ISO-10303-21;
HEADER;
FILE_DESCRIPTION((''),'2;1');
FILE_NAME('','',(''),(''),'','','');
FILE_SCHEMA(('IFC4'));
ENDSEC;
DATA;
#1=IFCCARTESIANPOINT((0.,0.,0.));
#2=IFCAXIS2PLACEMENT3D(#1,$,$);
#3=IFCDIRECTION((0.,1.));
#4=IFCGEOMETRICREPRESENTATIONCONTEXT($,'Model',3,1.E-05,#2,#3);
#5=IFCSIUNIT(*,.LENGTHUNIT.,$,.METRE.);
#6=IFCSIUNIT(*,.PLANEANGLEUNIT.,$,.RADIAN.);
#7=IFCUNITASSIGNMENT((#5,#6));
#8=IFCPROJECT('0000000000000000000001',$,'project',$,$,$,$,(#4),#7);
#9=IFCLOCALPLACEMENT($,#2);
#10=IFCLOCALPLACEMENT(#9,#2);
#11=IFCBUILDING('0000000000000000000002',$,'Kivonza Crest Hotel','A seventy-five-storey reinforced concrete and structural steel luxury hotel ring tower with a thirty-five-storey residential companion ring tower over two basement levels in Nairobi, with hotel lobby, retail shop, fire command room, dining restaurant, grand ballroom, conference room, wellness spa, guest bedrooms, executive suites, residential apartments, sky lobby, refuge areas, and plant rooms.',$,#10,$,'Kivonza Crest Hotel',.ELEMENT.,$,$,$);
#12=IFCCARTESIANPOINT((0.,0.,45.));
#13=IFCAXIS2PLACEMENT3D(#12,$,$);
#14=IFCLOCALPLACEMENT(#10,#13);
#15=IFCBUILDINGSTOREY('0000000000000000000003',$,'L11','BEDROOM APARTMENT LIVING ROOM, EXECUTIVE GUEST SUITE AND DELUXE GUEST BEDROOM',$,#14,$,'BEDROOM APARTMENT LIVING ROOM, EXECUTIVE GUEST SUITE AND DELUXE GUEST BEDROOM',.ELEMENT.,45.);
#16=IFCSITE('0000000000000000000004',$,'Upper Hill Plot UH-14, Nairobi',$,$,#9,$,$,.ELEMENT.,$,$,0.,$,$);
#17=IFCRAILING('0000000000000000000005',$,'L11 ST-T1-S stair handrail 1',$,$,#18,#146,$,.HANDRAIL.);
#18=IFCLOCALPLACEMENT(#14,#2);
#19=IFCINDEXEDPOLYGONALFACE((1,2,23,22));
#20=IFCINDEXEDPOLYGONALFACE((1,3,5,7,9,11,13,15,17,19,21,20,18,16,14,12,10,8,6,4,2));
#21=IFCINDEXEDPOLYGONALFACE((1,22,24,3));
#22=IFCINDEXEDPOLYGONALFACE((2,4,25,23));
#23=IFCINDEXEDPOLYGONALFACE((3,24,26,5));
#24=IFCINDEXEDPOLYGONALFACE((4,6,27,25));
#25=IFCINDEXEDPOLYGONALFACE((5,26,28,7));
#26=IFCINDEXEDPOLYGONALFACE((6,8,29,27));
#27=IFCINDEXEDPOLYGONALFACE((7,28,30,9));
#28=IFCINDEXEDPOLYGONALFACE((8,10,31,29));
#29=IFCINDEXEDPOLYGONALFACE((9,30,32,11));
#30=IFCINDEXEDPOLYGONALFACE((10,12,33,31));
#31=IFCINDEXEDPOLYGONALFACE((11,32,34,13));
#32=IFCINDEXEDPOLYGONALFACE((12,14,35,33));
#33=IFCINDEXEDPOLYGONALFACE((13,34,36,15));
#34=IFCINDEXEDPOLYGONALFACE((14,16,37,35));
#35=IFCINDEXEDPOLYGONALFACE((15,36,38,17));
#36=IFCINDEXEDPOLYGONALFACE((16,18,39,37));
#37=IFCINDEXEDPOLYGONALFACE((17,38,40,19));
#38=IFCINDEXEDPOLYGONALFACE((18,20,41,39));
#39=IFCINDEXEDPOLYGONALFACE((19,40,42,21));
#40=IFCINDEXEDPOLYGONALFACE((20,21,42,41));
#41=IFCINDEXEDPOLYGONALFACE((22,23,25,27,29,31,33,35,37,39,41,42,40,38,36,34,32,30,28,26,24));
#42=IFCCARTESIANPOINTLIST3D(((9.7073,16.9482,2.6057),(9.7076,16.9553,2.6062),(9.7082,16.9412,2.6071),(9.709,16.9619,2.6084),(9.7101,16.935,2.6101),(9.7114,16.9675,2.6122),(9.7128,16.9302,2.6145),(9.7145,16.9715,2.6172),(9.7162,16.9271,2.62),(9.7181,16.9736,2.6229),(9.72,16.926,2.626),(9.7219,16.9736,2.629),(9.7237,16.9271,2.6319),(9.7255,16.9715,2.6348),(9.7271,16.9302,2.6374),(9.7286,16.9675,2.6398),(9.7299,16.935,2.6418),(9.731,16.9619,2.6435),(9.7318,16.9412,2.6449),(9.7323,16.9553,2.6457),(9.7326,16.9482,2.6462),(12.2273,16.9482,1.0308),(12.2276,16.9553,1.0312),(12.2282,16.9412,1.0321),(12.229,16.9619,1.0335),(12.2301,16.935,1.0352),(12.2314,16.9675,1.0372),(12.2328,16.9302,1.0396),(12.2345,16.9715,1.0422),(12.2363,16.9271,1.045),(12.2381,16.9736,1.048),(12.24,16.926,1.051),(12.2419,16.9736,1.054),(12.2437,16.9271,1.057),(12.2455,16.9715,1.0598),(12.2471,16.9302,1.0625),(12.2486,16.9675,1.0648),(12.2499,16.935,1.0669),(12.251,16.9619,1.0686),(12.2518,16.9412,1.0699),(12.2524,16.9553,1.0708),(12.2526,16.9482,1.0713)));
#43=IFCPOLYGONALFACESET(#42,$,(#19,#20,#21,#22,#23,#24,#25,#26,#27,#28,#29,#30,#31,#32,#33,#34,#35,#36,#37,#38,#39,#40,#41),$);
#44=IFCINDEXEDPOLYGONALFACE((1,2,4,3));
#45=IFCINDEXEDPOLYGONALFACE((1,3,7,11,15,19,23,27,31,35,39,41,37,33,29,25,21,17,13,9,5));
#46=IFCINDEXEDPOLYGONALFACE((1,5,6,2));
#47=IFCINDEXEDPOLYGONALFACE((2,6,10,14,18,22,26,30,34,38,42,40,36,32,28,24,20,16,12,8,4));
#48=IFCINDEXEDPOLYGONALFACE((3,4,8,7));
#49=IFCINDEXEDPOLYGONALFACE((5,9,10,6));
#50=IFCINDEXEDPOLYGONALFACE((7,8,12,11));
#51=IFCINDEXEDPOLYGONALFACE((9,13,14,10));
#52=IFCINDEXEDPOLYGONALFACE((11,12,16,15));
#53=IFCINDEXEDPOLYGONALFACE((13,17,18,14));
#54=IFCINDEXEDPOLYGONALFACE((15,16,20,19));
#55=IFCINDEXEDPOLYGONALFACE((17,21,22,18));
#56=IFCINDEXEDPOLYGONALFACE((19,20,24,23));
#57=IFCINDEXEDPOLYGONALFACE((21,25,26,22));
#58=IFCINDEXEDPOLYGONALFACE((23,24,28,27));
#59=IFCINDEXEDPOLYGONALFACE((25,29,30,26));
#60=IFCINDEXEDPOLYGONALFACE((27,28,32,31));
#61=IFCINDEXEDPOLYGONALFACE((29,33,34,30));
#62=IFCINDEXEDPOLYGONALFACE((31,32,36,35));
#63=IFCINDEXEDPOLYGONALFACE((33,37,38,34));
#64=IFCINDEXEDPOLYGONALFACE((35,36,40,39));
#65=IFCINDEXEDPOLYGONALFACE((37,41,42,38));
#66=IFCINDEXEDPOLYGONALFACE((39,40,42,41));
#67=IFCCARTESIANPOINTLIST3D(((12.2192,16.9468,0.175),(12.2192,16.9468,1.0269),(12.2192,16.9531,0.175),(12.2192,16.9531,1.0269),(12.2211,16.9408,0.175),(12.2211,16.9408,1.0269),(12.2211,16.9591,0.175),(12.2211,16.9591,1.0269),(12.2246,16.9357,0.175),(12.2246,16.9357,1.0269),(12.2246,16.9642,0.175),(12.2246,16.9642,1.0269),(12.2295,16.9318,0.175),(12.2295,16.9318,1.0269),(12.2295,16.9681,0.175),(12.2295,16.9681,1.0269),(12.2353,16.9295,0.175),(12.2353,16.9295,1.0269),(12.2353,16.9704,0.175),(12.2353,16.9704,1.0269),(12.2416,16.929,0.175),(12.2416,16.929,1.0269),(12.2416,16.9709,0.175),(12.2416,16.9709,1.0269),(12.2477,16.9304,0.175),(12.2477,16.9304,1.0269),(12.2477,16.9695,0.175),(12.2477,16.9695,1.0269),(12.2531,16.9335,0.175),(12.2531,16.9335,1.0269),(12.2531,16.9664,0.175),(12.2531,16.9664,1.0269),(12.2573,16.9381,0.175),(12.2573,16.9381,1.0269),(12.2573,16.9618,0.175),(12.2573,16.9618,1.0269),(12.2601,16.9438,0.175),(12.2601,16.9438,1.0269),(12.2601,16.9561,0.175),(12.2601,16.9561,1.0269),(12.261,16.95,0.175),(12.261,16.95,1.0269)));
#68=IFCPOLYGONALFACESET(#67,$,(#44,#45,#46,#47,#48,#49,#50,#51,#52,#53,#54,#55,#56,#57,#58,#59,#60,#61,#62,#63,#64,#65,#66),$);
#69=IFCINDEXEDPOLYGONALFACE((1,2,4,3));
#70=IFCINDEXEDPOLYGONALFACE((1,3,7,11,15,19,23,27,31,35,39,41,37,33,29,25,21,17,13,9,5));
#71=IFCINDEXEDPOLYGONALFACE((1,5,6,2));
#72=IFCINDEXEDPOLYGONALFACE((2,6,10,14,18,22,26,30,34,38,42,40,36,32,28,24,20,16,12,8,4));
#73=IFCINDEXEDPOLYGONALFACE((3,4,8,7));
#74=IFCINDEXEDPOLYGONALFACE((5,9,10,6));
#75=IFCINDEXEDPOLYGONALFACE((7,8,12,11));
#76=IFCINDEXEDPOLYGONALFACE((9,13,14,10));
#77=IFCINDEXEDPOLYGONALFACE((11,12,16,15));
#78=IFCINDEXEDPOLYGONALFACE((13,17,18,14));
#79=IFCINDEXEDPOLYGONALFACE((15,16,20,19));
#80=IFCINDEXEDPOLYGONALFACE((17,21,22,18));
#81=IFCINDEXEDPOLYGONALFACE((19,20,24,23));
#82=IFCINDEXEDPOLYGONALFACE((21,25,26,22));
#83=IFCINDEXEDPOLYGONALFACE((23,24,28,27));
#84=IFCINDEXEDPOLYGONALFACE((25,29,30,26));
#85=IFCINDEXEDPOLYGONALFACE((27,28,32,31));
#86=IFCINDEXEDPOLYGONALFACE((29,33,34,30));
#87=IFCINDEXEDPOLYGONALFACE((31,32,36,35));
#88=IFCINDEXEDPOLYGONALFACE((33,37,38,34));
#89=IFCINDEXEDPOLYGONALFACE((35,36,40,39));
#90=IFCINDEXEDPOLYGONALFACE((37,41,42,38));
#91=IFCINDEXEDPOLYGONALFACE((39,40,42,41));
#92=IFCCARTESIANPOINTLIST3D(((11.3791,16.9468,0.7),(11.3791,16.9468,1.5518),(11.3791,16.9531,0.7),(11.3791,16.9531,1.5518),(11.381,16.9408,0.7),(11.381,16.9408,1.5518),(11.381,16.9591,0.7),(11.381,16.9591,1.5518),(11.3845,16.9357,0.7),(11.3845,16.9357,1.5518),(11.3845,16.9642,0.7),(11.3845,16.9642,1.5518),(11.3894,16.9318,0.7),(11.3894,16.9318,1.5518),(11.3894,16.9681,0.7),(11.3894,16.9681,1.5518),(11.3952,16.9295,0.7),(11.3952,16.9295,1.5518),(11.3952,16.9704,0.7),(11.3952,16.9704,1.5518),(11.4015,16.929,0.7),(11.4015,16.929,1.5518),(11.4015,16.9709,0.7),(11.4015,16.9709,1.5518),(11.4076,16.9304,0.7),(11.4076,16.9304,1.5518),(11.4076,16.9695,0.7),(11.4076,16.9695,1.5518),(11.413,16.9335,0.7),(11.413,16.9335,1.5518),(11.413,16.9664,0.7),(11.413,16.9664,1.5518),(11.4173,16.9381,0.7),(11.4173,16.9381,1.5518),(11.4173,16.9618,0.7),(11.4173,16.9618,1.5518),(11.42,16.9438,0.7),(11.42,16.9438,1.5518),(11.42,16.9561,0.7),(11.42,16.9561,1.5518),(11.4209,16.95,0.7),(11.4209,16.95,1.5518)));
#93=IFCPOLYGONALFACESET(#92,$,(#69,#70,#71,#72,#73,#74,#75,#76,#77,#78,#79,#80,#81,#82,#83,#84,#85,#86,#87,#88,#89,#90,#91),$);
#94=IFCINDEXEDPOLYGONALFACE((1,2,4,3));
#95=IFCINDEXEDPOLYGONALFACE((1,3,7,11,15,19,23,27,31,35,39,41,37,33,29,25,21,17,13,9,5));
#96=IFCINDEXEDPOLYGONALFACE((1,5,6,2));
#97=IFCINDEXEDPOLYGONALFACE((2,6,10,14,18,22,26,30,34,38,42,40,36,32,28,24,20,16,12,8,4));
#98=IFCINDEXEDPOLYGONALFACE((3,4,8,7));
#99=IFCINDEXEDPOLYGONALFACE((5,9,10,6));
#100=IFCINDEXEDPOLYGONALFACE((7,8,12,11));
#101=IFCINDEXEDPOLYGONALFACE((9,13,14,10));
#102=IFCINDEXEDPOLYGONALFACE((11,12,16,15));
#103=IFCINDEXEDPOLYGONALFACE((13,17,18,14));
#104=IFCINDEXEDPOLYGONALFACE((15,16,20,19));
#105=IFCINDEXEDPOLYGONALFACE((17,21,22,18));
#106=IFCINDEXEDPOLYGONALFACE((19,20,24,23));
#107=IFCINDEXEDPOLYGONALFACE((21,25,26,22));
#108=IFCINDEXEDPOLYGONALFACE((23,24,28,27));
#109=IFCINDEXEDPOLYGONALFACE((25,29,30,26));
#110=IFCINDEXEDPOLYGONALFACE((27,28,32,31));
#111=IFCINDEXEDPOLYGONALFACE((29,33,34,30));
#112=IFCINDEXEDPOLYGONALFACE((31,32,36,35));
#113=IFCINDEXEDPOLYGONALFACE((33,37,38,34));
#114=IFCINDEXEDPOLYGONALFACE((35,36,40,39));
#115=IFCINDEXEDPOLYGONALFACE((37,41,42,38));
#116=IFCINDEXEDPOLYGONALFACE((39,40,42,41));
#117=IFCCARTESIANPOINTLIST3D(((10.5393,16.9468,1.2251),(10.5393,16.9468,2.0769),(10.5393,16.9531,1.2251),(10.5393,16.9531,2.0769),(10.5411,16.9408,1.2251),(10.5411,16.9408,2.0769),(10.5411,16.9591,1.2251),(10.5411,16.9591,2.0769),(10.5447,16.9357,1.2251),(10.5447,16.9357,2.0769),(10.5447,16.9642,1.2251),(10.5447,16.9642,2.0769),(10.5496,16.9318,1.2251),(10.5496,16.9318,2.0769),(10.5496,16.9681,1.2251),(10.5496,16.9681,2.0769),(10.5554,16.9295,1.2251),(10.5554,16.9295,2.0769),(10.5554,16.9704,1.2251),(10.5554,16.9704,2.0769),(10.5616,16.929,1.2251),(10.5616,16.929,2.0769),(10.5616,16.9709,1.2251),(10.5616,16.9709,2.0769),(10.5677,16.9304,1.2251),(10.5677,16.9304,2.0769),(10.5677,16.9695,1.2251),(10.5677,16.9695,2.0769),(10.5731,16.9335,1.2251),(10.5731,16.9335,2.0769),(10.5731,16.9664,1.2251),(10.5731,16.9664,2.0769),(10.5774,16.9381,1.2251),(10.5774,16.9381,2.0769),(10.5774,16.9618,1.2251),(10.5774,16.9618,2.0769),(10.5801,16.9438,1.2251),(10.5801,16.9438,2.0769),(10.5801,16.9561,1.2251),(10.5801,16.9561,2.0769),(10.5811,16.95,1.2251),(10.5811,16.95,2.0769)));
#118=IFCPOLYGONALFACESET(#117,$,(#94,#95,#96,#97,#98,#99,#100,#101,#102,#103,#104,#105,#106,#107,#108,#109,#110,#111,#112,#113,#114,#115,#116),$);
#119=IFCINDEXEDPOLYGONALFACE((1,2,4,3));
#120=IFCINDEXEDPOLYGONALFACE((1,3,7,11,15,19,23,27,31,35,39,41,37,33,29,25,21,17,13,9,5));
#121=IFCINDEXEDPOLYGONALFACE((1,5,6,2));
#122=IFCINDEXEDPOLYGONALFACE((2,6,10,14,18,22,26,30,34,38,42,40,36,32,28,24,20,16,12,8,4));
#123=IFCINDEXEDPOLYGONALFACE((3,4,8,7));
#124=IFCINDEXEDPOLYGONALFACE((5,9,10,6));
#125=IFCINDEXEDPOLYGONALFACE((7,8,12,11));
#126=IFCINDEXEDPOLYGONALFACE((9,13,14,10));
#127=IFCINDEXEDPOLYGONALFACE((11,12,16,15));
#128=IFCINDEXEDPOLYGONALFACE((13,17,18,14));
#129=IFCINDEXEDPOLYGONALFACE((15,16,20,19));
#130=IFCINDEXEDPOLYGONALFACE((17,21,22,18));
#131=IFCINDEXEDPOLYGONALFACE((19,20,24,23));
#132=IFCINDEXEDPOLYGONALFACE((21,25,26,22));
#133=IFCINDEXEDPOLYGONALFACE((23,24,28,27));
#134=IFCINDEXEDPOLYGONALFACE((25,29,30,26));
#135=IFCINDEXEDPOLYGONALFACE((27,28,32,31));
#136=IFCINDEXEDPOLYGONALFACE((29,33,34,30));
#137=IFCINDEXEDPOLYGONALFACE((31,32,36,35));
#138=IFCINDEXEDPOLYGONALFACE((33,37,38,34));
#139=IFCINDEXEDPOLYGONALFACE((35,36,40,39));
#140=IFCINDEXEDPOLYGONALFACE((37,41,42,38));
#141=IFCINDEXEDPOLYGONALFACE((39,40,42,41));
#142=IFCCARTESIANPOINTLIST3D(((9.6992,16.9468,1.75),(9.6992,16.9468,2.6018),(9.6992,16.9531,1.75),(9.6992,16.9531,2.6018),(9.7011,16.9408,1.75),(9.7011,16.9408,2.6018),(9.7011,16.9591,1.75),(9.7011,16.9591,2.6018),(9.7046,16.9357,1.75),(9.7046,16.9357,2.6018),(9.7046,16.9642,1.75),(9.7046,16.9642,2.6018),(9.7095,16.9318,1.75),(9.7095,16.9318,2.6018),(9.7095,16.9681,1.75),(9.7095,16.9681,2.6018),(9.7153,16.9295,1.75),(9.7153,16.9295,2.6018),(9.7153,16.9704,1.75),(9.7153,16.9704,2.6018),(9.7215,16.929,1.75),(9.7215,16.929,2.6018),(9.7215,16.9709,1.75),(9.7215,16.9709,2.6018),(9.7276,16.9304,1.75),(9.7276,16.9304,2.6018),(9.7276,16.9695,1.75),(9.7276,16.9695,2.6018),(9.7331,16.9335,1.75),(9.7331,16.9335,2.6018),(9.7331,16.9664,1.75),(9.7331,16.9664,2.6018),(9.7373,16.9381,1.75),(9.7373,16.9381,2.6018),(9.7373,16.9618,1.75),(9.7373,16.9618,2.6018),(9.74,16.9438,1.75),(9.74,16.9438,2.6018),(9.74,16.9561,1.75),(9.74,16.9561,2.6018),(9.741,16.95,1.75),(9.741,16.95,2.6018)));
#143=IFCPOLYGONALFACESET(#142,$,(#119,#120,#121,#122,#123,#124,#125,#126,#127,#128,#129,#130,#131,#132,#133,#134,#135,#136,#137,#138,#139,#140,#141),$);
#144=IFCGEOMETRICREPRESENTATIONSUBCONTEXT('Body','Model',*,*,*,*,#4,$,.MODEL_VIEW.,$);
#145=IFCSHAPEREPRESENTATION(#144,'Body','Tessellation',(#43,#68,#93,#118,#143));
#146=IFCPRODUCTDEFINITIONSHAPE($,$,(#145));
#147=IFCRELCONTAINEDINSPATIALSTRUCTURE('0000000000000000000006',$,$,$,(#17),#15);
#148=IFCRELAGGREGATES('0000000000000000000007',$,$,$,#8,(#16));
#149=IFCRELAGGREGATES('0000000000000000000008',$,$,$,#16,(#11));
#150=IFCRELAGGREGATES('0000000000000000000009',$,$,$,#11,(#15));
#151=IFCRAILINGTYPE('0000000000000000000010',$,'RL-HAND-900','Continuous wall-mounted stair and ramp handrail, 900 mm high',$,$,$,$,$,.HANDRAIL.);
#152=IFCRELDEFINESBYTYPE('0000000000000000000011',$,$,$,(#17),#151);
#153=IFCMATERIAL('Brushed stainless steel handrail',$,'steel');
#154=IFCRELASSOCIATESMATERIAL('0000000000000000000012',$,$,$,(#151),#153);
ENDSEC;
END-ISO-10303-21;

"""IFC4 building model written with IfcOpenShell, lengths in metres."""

from ifc_helpers import new_model, si_unit, direction, frame, origin, origin_2d, place, context, subcontext, project, spatial, circle, extrude, material, type_object, element, save


model = new_model("IFC4")

# Units and contexts
model_context = context("Model", 3, precision=1e-05, world=origin(), true_north=direction((0.0, 1.0)))
body_context = subcontext(model_context, "Body", "Model", "MODEL_VIEW")
ifc_project = project(units=[si_unit("LENGTHUNIT", "METRE"), si_unit("PLANEANGLEUNIT", "RADIAN")], contexts=[model_context])

# Site, building, storey
site_placement = place(None, origin())
site = spatial("IfcSite", under=ifc_project, at=site_placement, Name="Upper Hill Plot UH-14, Nairobi", CompositionType="ELEMENT", RefElevation=0.0)
building_placement = place(site_placement, origin())
building = spatial("IfcBuilding", under=site, at=building_placement, Name="Kivonza Crest Hotel", Description="A seventy-five-storey reinforced concrete and structural steel luxury hotel ring tower with a thirty-five-storey residential companion ring tower over two basement levels in Nairobi, with hotel lobby, retail shop, fire command room, dining restaurant, grand ballroom, conference room, wellness spa, guest bedrooms, executive suites, residential apartments, sky lobby, refuge areas, and plant rooms.", LongName="Kivonza Crest Hotel", CompositionType="ELEMENT")
storey_placement = place(building_placement, frame((0.0, 0.0, 45.0)))
storey = spatial("IfcBuildingStorey", under=building, at=storey_placement, Name="L11", Description="BEDROOM APARTMENT LIVING ROOM, EXECUTIVE GUEST SUITE AND DELUXE GUEST BEDROOM", LongName="BEDROOM APARTMENT LIVING ROOM, EXECUTIVE GUEST SUITE AND DELUXE GUEST BEDROOM", CompositionType="ELEMENT", Elevation=45.0)

# Railing
ifc_material_1 = material(Name="Brushed stainless steel handrail", Category="steel")
railing_type_1 = type_object("IfcRailingType", Name="RL-HAND-900", Description="Continuous wall-mounted stair and ramp handrail, 900 mm high", PredefinedType="HANDRAIL", material=ifc_material_1)
railing_1_placement = place(storey_placement, frame((12.24, 16.95, 0.175)))
element("IfcRailing", 1, at=railing_1_placement, inside=storey, type_object=railing_type_1, Name="L11 ST-T1-S stair handrail 1", PredefinedType="HANDRAIL", context=body_context, shape_type="SweptSolid", body=[
    extrude(circle(Radius=0.0239, at=origin_2d()), frame((0.0, 0.0, 0.876), z_axis=(-0.848008, 0.0, 0.529984), x_axis=(0.0, -1.0, 0.0)), (0.0, 0.0, 1.0), 2.9717),
    extrude(circle(Radius=0.021, at=origin_2d()), origin(), (0.0, 0.0, 1.0), 0.8518),
    extrude(circle(Radius=0.021, at=origin_2d()), frame((-0.8401, 0.0, 0.5249)), (0.0, 0.0, 1.0), 0.8518),
    extrude(circle(Radius=0.021, at=origin_2d()), frame((-1.6799, 0.0, 1.05)), (0.0, 0.0, 1.0), 0.8518),
    extrude(circle(Radius=0.021, at=origin_2d()), frame((-2.52, 0.0, 1.575)), (0.0, 0.0, 1.0), 0.8518),
])

save(model, "model.ifc")
